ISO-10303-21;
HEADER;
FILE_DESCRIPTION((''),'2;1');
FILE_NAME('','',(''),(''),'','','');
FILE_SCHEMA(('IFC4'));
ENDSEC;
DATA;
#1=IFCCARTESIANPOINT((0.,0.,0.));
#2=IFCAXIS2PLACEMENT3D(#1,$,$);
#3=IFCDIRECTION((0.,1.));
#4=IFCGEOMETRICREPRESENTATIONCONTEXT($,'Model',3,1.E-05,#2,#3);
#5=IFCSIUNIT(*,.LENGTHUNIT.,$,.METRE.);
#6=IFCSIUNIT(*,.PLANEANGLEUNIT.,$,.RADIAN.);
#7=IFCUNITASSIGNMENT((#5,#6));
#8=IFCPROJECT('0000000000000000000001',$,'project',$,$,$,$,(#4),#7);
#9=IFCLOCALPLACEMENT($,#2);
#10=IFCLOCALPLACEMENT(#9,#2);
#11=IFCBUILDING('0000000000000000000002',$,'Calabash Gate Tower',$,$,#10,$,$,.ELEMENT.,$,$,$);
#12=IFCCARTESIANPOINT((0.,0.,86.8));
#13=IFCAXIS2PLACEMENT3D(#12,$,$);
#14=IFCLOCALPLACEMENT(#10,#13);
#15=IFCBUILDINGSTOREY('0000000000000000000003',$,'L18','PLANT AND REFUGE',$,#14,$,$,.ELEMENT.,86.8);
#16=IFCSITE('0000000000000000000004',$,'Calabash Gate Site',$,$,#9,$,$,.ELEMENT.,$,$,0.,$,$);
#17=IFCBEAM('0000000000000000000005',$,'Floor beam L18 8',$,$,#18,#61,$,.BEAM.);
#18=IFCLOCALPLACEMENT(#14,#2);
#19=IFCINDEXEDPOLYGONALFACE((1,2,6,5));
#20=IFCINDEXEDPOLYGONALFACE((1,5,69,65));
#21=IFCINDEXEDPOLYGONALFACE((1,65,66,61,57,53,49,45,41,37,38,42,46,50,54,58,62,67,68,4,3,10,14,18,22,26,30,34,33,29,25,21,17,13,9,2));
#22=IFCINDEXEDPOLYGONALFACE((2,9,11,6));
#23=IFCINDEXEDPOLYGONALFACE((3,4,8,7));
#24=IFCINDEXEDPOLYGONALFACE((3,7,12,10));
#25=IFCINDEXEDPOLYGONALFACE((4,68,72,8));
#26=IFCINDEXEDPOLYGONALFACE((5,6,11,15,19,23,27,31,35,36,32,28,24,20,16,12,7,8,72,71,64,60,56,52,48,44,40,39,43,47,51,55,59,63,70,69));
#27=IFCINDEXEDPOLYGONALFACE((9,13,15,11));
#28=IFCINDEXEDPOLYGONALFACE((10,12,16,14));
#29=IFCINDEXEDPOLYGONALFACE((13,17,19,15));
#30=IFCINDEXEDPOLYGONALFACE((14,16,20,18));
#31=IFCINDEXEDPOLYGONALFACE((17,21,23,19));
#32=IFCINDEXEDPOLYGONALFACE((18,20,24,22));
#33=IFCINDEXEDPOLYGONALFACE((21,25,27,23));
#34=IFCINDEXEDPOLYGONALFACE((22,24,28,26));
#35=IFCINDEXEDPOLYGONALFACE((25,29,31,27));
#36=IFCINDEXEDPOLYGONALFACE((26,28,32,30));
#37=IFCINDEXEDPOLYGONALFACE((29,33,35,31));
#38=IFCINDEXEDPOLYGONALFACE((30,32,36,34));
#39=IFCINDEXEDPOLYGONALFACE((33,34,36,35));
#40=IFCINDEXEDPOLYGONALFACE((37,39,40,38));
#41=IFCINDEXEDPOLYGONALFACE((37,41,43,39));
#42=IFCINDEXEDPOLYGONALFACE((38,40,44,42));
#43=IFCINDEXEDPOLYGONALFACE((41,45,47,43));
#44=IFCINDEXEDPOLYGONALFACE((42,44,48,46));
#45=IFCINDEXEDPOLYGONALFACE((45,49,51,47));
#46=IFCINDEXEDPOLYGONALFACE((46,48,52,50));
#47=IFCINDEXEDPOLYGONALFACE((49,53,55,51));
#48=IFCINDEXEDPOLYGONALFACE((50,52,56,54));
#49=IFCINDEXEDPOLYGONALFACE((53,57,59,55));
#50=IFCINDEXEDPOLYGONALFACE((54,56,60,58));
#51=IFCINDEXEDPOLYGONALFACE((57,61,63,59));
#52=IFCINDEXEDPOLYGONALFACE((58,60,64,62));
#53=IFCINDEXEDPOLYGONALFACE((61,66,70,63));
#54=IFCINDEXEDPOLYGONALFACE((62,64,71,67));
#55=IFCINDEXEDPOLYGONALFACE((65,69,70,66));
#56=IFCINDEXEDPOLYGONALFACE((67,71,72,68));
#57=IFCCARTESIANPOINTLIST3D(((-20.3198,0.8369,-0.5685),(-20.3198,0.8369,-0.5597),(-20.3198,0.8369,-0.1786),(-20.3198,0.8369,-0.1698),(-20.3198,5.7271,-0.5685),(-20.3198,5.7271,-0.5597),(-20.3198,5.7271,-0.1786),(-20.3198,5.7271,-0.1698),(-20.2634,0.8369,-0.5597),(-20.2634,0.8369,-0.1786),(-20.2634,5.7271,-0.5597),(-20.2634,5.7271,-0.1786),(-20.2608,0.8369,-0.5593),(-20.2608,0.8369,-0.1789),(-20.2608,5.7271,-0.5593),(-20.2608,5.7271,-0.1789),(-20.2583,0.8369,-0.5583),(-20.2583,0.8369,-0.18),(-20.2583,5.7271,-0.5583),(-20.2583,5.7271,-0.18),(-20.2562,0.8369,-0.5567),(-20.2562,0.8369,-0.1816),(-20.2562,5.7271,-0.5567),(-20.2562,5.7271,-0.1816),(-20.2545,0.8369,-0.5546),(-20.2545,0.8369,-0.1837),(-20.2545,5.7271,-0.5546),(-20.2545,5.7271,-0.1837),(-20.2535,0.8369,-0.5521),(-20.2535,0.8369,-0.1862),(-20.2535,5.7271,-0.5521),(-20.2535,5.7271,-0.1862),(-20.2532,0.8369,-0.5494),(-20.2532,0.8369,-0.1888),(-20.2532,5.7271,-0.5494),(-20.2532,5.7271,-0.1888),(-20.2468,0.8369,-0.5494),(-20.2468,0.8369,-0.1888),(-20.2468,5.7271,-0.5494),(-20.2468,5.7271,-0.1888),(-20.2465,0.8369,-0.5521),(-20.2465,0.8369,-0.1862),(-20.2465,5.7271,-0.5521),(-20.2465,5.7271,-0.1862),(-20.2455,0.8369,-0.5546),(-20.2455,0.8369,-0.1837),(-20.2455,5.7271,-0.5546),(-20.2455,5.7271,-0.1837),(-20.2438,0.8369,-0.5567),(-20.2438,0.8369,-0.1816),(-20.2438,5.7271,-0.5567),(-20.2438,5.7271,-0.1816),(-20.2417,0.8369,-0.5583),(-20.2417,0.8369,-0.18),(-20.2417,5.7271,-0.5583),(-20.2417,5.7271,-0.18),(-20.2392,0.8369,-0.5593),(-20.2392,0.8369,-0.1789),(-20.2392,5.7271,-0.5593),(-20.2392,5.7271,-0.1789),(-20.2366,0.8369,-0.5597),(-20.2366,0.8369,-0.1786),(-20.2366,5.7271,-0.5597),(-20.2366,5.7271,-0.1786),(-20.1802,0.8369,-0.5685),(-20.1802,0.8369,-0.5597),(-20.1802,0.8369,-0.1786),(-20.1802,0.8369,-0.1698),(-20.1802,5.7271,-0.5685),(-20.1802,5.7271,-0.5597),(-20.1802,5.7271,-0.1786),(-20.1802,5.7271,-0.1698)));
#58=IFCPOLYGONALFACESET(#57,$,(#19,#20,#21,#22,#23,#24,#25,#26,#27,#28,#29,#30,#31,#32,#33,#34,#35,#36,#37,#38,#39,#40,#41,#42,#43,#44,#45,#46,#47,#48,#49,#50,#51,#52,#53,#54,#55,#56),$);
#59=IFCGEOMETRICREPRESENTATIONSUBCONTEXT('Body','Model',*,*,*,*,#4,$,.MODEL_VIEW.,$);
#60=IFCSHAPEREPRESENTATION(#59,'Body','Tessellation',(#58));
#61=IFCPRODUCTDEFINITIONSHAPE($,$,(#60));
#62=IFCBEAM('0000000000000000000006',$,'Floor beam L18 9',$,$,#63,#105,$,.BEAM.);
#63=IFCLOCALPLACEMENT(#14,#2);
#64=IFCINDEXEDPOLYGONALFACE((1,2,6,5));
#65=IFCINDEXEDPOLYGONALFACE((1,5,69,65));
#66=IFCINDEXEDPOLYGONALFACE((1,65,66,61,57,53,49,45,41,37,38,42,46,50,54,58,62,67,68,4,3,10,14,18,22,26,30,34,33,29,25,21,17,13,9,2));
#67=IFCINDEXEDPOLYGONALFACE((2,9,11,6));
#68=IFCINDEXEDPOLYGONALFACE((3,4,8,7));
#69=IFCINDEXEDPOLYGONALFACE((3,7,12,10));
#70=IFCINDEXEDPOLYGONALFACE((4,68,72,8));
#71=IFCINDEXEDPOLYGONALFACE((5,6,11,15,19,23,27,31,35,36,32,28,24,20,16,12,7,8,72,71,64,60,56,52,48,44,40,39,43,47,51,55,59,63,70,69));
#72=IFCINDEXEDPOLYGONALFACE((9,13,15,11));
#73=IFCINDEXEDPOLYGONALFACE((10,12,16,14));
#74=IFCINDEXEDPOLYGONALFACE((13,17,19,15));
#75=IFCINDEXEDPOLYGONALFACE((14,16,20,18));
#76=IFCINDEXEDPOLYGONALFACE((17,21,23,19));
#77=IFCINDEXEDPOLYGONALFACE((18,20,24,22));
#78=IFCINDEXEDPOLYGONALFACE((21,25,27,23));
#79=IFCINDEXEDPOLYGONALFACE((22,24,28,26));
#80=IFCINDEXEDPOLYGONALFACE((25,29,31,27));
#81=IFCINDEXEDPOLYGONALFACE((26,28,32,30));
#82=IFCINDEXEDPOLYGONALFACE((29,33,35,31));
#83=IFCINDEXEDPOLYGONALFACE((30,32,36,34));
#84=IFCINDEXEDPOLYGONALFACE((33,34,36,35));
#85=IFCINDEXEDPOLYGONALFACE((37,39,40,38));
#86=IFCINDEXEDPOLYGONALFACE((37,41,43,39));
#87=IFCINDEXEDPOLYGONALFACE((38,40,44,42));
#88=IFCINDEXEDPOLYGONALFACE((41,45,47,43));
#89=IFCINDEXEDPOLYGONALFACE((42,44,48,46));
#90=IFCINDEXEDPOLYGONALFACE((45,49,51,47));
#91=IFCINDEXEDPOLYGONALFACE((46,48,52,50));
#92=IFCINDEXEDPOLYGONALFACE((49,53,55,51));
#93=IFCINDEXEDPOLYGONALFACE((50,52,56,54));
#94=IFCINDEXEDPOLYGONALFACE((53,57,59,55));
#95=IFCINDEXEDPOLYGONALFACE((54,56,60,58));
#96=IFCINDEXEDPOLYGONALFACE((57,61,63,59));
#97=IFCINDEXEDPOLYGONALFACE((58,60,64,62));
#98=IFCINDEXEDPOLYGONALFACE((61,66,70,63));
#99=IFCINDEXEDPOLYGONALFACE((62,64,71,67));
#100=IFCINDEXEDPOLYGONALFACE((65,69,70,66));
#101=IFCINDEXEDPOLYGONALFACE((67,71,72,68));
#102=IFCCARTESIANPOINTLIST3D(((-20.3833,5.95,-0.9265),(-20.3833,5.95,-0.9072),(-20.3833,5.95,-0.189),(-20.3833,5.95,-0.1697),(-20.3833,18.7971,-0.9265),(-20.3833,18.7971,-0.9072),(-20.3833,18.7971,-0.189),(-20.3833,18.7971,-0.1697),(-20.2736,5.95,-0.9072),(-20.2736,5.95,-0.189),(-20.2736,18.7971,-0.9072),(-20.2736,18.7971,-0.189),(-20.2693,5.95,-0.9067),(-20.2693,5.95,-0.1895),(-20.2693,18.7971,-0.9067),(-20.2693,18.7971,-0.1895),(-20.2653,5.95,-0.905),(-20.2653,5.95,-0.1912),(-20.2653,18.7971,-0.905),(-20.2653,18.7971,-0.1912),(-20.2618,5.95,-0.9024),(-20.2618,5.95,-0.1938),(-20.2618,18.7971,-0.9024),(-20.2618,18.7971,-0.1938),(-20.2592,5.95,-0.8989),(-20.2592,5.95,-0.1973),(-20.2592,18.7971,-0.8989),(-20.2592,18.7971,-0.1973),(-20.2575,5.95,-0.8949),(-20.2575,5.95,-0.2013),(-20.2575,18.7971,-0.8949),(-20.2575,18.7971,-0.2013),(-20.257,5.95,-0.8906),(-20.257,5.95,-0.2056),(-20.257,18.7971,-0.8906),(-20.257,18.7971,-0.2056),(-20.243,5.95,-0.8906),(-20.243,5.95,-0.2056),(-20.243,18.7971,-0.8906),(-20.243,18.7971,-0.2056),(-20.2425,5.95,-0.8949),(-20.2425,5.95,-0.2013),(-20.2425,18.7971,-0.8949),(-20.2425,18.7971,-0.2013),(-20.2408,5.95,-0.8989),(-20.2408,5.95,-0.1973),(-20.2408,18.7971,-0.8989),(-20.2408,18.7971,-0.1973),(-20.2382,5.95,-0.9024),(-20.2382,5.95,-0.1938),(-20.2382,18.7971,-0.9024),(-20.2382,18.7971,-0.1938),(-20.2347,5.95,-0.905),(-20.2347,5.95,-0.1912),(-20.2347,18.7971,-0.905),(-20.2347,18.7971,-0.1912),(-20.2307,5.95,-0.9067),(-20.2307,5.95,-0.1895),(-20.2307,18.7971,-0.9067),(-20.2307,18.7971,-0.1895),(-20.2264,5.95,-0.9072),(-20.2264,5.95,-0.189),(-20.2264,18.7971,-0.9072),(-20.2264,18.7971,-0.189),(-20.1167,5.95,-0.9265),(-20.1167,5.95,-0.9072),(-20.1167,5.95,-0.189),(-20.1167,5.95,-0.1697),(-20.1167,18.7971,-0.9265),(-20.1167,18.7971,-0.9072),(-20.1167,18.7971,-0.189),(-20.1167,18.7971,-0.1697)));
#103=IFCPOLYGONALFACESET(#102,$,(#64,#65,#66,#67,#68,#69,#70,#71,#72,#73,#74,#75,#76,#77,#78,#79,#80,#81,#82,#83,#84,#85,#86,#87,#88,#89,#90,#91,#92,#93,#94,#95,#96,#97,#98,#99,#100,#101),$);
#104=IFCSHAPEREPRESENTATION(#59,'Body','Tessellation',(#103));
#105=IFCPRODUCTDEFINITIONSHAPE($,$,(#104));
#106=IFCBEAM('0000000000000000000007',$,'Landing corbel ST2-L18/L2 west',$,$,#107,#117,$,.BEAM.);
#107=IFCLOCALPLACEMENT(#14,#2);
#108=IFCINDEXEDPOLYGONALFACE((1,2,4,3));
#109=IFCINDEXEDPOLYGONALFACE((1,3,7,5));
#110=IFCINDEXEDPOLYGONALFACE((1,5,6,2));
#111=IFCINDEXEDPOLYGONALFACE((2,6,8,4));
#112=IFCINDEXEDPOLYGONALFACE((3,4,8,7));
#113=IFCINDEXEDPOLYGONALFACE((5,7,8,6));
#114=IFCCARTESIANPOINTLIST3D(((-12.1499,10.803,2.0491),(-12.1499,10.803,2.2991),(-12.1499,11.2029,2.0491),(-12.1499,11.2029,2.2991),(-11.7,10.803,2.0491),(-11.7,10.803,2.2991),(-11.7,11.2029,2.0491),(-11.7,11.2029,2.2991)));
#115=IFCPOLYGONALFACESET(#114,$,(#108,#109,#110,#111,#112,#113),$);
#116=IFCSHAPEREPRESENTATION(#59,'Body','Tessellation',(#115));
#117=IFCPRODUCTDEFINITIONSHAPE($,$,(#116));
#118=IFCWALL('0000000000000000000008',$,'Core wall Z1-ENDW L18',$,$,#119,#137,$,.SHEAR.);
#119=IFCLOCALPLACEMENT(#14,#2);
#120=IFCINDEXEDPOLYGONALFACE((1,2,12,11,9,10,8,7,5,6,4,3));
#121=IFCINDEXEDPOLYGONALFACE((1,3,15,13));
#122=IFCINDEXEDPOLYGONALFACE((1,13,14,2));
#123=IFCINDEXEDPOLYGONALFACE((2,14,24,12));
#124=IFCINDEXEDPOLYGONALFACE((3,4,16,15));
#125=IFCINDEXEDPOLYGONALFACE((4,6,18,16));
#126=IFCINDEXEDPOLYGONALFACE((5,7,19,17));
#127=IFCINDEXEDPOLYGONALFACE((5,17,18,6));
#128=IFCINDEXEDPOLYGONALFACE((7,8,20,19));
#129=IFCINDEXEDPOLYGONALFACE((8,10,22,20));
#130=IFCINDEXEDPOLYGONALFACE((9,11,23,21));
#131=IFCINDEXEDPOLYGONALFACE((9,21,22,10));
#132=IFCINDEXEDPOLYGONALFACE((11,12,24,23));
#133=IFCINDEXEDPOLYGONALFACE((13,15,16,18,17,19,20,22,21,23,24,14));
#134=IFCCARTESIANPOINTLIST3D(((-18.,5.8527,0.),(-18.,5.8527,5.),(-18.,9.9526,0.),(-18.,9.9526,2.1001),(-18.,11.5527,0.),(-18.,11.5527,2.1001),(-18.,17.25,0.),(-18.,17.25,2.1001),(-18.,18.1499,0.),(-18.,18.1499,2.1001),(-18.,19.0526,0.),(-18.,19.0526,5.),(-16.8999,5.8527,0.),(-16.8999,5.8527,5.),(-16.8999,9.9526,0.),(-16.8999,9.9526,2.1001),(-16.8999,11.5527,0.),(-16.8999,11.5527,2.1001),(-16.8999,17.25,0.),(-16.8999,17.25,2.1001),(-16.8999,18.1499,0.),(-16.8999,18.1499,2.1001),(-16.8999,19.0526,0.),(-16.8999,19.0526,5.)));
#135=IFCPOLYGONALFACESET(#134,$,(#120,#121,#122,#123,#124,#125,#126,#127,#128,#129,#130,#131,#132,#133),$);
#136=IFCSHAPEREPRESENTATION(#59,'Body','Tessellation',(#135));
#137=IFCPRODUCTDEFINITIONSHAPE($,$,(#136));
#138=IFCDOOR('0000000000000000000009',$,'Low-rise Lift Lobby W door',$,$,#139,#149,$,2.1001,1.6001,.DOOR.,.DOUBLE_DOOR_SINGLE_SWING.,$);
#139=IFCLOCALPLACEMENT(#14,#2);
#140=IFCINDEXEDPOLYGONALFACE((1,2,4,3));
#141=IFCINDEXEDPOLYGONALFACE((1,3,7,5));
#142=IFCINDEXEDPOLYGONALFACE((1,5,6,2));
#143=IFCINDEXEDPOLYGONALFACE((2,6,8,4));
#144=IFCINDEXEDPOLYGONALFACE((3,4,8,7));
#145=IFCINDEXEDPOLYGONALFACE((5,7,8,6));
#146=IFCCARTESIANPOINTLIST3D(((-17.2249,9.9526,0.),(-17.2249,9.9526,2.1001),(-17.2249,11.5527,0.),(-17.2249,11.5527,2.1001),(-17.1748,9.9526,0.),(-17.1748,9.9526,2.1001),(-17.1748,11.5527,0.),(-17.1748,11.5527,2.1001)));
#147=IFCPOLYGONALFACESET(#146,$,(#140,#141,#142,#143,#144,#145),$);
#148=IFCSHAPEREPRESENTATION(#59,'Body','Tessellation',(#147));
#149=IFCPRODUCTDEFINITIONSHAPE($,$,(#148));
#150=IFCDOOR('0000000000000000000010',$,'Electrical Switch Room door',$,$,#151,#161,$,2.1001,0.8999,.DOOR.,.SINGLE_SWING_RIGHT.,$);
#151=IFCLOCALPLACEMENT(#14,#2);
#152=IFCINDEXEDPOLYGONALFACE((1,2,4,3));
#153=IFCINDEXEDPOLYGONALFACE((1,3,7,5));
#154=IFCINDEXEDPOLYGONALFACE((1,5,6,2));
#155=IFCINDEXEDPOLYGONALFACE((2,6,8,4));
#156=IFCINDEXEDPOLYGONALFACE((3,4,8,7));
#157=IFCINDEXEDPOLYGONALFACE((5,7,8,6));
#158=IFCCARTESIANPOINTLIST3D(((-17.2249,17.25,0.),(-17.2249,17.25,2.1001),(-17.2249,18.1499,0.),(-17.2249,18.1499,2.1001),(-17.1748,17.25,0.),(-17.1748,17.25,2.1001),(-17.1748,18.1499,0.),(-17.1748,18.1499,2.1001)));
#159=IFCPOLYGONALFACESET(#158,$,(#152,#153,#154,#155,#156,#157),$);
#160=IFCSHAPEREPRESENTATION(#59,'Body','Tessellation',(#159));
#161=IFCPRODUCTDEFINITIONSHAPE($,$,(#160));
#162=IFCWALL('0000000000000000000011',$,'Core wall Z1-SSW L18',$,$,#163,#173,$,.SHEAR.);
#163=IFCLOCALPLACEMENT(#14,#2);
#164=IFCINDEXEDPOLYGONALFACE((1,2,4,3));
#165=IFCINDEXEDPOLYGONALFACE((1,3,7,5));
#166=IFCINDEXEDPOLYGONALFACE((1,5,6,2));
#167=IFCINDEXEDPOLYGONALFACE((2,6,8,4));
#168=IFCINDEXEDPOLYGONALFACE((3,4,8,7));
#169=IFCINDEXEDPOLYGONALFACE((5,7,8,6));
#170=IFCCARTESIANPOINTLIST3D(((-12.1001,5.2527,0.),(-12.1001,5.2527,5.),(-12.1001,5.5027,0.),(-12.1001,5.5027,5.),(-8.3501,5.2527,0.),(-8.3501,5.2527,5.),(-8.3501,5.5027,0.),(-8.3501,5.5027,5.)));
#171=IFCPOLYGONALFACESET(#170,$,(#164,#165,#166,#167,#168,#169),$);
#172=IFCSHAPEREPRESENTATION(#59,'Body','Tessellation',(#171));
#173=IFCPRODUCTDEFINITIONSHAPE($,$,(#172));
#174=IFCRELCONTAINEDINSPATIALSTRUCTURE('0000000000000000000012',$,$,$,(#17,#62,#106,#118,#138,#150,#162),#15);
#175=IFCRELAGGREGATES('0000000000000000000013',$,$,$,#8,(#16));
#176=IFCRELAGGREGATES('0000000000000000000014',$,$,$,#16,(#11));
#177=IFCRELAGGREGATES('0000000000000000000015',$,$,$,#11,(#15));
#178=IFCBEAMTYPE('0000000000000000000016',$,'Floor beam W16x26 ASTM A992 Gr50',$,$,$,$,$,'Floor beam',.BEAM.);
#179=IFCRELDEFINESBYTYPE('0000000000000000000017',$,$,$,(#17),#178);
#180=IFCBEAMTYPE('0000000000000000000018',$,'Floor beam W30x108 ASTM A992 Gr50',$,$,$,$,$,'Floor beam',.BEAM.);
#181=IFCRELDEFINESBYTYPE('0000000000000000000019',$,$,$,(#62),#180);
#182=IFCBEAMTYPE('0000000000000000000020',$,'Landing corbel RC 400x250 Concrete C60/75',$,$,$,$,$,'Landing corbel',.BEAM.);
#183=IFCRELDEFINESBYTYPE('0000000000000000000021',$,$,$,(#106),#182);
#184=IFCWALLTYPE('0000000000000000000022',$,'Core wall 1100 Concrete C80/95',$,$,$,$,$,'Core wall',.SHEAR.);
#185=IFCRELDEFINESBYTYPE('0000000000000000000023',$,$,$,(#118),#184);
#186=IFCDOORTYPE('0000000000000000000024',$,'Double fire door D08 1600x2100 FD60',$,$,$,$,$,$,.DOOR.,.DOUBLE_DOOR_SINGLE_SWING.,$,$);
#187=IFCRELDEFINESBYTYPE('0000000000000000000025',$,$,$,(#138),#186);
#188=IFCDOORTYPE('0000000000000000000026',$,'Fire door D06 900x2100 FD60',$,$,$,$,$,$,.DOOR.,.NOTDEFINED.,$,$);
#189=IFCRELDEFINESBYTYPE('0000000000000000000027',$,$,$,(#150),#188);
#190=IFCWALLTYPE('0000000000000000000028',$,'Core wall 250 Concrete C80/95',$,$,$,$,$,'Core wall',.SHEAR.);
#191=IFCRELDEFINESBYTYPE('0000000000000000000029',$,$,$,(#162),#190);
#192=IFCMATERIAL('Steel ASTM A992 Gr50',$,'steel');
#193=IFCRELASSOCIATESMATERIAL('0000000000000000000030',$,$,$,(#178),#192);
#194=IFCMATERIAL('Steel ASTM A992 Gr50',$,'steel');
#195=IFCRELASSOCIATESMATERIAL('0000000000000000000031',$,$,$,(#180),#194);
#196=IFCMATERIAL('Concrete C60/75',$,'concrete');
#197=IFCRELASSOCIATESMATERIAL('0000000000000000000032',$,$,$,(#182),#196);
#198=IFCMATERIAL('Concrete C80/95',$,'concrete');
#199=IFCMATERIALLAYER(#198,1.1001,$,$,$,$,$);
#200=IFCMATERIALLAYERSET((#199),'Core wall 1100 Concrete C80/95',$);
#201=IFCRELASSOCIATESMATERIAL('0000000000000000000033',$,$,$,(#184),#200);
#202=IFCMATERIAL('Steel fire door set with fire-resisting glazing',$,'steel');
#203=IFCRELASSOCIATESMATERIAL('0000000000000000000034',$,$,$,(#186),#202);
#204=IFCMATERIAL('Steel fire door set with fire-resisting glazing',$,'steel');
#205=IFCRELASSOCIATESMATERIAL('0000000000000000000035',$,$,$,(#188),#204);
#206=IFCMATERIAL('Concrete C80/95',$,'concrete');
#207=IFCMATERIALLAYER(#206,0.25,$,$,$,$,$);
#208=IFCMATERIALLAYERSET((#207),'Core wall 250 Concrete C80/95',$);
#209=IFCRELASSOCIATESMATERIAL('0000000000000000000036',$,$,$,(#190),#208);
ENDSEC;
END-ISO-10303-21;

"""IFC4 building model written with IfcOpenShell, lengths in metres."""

from ifc_helpers import new_model, si_unit, direction, frame, frame_2d, origin, origin_2d, place, context, subcontext, project, spatial, rectangle, i_section, extrude, material, layer, layer_set, material_profile, profile_set, type_object, element, fill, save


model = new_model("IFC4")

# Units and contexts
model_context = context("Model", 3, precision=1e-05, world=origin(), true_north=direction((0.0, 1.0)))
body_context = subcontext(model_context, "Body", "Model", "MODEL_VIEW")
ifc_project = project(units=[si_unit("LENGTHUNIT", "METRE"), si_unit("PLANEANGLEUNIT", "RADIAN")], contexts=[model_context])

# Site, building, storey
site_placement = place(None, origin())
site = spatial("IfcSite", under=ifc_project, at=site_placement, Name="Calabash Gate Site", CompositionType="ELEMENT", RefElevation=0.0)
building_placement = place(site_placement, origin())
building = spatial("IfcBuilding", under=site, at=building_placement, Name="Calabash Gate Tower", CompositionType="ELEMENT")
storey_placement = place(building_placement, frame((0.0, 0.0, 86.8)))
storey = spatial("IfcBuildingStorey", under=building, at=storey_placement, Name="L18", Description="PLANT AND REFUGE", CompositionType="ELEMENT", Elevation=86.8)

# Beams
ifc_material_1 = material(Name="Steel ASTM A992 Gr50", Category="steel")
ifc_material_profile_1 = material_profile(ifc_material_1, i_section(OverallWidth=0.1396, OverallDepth=0.3987, WebThickness=0.0063, FlangeThickness=0.0088, FilletRadius=0.0103, at=origin_2d()))
ifc_profile_set_1 = profile_set([ifc_material_profile_1], Name="Steel ASTM A992 Gr50")
beam_type_1 = type_object("IfcBeamType", Name="Floor beam W16x26 ASTM A992 Gr50", ElementType="Floor beam", PredefinedType="BEAM", material=ifc_profile_set_1)
beam_1_placement = place(storey_placement, frame((-20.25, 0.8369, -0.3691), z_axis=(0.0, 1.0, 0.0), x_axis=(-1.0, 0.0, 0.0)))
element("IfcBeam", 1, at=beam_1_placement, inside=storey, type_object=beam_type_1, Name="Floor beam L18 8", PredefinedType="BEAM", context=body_context, shape_type="SweptSolid", body=[
    extrude(i_section(OverallWidth=0.1396, OverallDepth=0.3987, WebThickness=0.0063, FlangeThickness=0.0088, FilletRadius=0.0103, at=origin_2d()), origin(), (0.0, 0.0, 1.0), 4.8901),
])
ifc_material_2 = material(Name="Steel ASTM A992 Gr50", Category="steel")
ifc_material_profile_2 = material_profile(ifc_material_2, i_section(OverallWidth=0.2666, OverallDepth=0.7568, WebThickness=0.0139, FlangeThickness=0.0193, FilletRadius=0.0166, at=origin_2d()))
ifc_profile_set_2 = profile_set([ifc_material_profile_2], Name="Steel ASTM A992 Gr50")
beam_type_2 = type_object("IfcBeamType", Name="Floor beam W30x108 ASTM A992 Gr50", ElementType="Floor beam", PredefinedType="BEAM", material=ifc_profile_set_2)
beam_2_placement = place(storey_placement, frame((-20.25, 5.95, -0.5481), z_axis=(0.0, 1.0, 0.0), x_axis=(-1.0, 0.0, 0.0)))
element("IfcBeam", 2, at=beam_2_placement, inside=storey, type_object=beam_type_2, Name="Floor beam L18 9", PredefinedType="BEAM", context=body_context, shape_type="SweptSolid", body=[
    extrude(i_section(OverallWidth=0.2666, OverallDepth=0.7568, WebThickness=0.0139, FlangeThickness=0.0193, FilletRadius=0.0166, at=origin_2d()), origin(), (0.0, 0.0, 1.0), 12.8472),
])
ifc_material_3 = material(Name="Concrete C60/75", Category="concrete")
ifc_material_profile_3 = material_profile(ifc_material_3, rectangle(XDim=0.3999, YDim=0.25, at=origin_2d()))
ifc_profile_set_3 = profile_set([ifc_material_profile_3], Name="Concrete C60/75")
beam_type_3 = type_object("IfcBeamType", Name="Landing corbel RC 400x250 Concrete C60/75", ElementType="Landing corbel", PredefinedType="BEAM", material=ifc_profile_set_3)
beam_3_placement = place(storey_placement, frame((-12.1499, 11.0029, 2.1741), z_axis=(1.0, 0.0, 0.0), x_axis=(0.0, 1.0, 0.0)))
element("IfcBeam", 3, at=beam_3_placement, inside=storey, type_object=beam_type_3, Name="Landing corbel ST2-L18/L2 west", PredefinedType="BEAM", context=body_context, shape_type="SweptSolid", body=[
    extrude(rectangle(XDim=0.3999, YDim=0.25, at=origin_2d()), origin(), (0.0, 0.0, 1.0), 0.45),
])

# Wall, openings, doors
ifc_material_4 = material(Name="Concrete C80/95", Category="concrete")
ifc_layer_1 = layer(ifc_material_4, 1.1001)
ifc_layer_set_1 = layer_set([ifc_layer_1], Name="Core wall 1100 Concrete C80/95")
wall_type_1 = type_object("IfcWallType", Name="Core wall 1100 Concrete C80/95", ElementType="Core wall", PredefinedType="SHEAR", material=ifc_layer_set_1)
wall_1_placement = place(storey_placement, frame((-17.45, 5.8525, 0.0), z_axis=(0.0, 0.0, 1.0), x_axis=(0.0, 1.0, 0.0)))
wall_1 = element("IfcWall", 4, at=wall_1_placement, inside=storey, type_object=wall_type_1, Name="Core wall Z1-ENDW L18", PredefinedType="SHEAR", context=body_context, shape_type="SweptSolid", body=[
    extrude(rectangle(XDim=13.2, YDim=1.1001, at=frame_2d((6.6001, 0.0))), origin(), (0.0, 0.0, 1.0), 5.0),
])
opening_1_placement = place(wall_1_placement, frame((4.1001, 0.0, 0.0)))
opening_1 = element("IfcOpeningElement", 5, at=opening_1_placement, cuts=wall_1, PredefinedType="OPENING", context=body_context, shape_type="SweptSolid", body=[
    extrude(rectangle(XDim=1.6001, YDim=2.1001, at=frame_2d((0.8, 1.05))), frame((0.0, 0.5601, 0.0), z_axis=(0.0, -1.0, 0.0), x_axis=(1.0, 0.0, 0.0)), (0.0, 0.0, 1.0), 1.1201),
])
opening_2_placement = place(wall_1_placement, frame((11.3975, 0.0, 0.0)))
opening_2 = element("IfcOpeningElement", 6, at=opening_2_placement, cuts=wall_1, PredefinedType="OPENING", context=body_context, shape_type="SweptSolid", body=[
    extrude(rectangle(XDim=0.8999, YDim=2.1001, at=frame_2d((0.45, 1.05))), frame((0.0, 0.5601, 0.0), z_axis=(0.0, -1.0, 0.0), x_axis=(1.0, 0.0, 0.0)), (0.0, 0.0, 1.0), 1.1201),
])
ifc_material_5 = material(Name="Steel fire door set with fire-resisting glazing", Category="steel")
door_type_1 = type_object("IfcDoorType", Name="Double fire door D08 1600x2100 FD60", OperationType="DOUBLE_DOOR_SINGLE_SWING", PredefinedType="DOOR", material=ifc_material_5)
door_1_placement = place(opening_1_placement, origin())
door_1 = element("IfcDoor", 7, at=door_1_placement, inside=storey, type_object=door_type_1, Name="Low-rise Lift Lobby W door", OperationType="DOUBLE_DOOR_SINGLE_SWING", OverallHeight=2.1001, OverallWidth=1.6001, PredefinedType="DOOR", context=body_context, shape_type="SweptSolid", body=[
    extrude(rectangle(XDim=1.6001, YDim=2.1001, at=frame_2d((0.8, 1.05))), frame((0.0, -0.2251, 0.0), z_axis=(0.0, -1.0, 0.0), x_axis=(1.0, 0.0, 0.0)), (0.0, 0.0, 1.0), 0.05),
])
fill(opening_1, door_1)
ifc_material_6 = material(Name="Steel fire door set with fire-resisting glazing", Category="steel")
door_type_2 = type_object("IfcDoorType", Name="Fire door D06 900x2100 FD60", OperationType="NOTDEFINED", PredefinedType="DOOR", material=ifc_material_6)
door_2_placement = place(opening_2_placement, origin())
door_2 = element("IfcDoor", 8, at=door_2_placement, inside=storey, type_object=door_type_2, Name="Electrical Switch Room door", OperationType="SINGLE_SWING_RIGHT", OverallHeight=2.1001, OverallWidth=0.8999, PredefinedType="DOOR", context=body_context, shape_type="SweptSolid", body=[
    extrude(rectangle(XDim=0.8999, YDim=2.1001, at=frame_2d((0.45, 1.05))), frame((0.0, -0.2251, 0.0), z_axis=(0.0, -1.0, 0.0), x_axis=(1.0, 0.0, 0.0)), (0.0, 0.0, 1.0), 0.05),
])
fill(opening_2, door_2)

# Wall
ifc_material_7 = material(Name="Concrete C80/95", Category="concrete")
ifc_layer_2 = layer(ifc_material_7, 0.25)
ifc_layer_set_2 = layer_set([ifc_layer_2], Name="Core wall 250 Concrete C80/95")
wall_type_2 = type_object("IfcWallType", Name="Core wall 250 Concrete C80/95", ElementType="Core wall", PredefinedType="SHEAR", material=ifc_layer_set_2)
wall_2_placement = place(storey_placement, frame((-12.1001, 5.3777, 0.0), z_axis=(0.0, 0.0, 1.0), x_axis=(1.0, 0.0, 0.0)))
element("IfcWall", 9, at=wall_2_placement, inside=storey, type_object=wall_type_2, Name="Core wall Z1-SSW L18", PredefinedType="SHEAR", context=body_context, shape_type="SweptSolid", body=[
    extrude(rectangle(XDim=3.75, YDim=0.25, at=frame_2d((1.875, 0.0))), origin(), (0.0, 0.0, 1.0), 5.0),
])

save(model, "model.ifc")
